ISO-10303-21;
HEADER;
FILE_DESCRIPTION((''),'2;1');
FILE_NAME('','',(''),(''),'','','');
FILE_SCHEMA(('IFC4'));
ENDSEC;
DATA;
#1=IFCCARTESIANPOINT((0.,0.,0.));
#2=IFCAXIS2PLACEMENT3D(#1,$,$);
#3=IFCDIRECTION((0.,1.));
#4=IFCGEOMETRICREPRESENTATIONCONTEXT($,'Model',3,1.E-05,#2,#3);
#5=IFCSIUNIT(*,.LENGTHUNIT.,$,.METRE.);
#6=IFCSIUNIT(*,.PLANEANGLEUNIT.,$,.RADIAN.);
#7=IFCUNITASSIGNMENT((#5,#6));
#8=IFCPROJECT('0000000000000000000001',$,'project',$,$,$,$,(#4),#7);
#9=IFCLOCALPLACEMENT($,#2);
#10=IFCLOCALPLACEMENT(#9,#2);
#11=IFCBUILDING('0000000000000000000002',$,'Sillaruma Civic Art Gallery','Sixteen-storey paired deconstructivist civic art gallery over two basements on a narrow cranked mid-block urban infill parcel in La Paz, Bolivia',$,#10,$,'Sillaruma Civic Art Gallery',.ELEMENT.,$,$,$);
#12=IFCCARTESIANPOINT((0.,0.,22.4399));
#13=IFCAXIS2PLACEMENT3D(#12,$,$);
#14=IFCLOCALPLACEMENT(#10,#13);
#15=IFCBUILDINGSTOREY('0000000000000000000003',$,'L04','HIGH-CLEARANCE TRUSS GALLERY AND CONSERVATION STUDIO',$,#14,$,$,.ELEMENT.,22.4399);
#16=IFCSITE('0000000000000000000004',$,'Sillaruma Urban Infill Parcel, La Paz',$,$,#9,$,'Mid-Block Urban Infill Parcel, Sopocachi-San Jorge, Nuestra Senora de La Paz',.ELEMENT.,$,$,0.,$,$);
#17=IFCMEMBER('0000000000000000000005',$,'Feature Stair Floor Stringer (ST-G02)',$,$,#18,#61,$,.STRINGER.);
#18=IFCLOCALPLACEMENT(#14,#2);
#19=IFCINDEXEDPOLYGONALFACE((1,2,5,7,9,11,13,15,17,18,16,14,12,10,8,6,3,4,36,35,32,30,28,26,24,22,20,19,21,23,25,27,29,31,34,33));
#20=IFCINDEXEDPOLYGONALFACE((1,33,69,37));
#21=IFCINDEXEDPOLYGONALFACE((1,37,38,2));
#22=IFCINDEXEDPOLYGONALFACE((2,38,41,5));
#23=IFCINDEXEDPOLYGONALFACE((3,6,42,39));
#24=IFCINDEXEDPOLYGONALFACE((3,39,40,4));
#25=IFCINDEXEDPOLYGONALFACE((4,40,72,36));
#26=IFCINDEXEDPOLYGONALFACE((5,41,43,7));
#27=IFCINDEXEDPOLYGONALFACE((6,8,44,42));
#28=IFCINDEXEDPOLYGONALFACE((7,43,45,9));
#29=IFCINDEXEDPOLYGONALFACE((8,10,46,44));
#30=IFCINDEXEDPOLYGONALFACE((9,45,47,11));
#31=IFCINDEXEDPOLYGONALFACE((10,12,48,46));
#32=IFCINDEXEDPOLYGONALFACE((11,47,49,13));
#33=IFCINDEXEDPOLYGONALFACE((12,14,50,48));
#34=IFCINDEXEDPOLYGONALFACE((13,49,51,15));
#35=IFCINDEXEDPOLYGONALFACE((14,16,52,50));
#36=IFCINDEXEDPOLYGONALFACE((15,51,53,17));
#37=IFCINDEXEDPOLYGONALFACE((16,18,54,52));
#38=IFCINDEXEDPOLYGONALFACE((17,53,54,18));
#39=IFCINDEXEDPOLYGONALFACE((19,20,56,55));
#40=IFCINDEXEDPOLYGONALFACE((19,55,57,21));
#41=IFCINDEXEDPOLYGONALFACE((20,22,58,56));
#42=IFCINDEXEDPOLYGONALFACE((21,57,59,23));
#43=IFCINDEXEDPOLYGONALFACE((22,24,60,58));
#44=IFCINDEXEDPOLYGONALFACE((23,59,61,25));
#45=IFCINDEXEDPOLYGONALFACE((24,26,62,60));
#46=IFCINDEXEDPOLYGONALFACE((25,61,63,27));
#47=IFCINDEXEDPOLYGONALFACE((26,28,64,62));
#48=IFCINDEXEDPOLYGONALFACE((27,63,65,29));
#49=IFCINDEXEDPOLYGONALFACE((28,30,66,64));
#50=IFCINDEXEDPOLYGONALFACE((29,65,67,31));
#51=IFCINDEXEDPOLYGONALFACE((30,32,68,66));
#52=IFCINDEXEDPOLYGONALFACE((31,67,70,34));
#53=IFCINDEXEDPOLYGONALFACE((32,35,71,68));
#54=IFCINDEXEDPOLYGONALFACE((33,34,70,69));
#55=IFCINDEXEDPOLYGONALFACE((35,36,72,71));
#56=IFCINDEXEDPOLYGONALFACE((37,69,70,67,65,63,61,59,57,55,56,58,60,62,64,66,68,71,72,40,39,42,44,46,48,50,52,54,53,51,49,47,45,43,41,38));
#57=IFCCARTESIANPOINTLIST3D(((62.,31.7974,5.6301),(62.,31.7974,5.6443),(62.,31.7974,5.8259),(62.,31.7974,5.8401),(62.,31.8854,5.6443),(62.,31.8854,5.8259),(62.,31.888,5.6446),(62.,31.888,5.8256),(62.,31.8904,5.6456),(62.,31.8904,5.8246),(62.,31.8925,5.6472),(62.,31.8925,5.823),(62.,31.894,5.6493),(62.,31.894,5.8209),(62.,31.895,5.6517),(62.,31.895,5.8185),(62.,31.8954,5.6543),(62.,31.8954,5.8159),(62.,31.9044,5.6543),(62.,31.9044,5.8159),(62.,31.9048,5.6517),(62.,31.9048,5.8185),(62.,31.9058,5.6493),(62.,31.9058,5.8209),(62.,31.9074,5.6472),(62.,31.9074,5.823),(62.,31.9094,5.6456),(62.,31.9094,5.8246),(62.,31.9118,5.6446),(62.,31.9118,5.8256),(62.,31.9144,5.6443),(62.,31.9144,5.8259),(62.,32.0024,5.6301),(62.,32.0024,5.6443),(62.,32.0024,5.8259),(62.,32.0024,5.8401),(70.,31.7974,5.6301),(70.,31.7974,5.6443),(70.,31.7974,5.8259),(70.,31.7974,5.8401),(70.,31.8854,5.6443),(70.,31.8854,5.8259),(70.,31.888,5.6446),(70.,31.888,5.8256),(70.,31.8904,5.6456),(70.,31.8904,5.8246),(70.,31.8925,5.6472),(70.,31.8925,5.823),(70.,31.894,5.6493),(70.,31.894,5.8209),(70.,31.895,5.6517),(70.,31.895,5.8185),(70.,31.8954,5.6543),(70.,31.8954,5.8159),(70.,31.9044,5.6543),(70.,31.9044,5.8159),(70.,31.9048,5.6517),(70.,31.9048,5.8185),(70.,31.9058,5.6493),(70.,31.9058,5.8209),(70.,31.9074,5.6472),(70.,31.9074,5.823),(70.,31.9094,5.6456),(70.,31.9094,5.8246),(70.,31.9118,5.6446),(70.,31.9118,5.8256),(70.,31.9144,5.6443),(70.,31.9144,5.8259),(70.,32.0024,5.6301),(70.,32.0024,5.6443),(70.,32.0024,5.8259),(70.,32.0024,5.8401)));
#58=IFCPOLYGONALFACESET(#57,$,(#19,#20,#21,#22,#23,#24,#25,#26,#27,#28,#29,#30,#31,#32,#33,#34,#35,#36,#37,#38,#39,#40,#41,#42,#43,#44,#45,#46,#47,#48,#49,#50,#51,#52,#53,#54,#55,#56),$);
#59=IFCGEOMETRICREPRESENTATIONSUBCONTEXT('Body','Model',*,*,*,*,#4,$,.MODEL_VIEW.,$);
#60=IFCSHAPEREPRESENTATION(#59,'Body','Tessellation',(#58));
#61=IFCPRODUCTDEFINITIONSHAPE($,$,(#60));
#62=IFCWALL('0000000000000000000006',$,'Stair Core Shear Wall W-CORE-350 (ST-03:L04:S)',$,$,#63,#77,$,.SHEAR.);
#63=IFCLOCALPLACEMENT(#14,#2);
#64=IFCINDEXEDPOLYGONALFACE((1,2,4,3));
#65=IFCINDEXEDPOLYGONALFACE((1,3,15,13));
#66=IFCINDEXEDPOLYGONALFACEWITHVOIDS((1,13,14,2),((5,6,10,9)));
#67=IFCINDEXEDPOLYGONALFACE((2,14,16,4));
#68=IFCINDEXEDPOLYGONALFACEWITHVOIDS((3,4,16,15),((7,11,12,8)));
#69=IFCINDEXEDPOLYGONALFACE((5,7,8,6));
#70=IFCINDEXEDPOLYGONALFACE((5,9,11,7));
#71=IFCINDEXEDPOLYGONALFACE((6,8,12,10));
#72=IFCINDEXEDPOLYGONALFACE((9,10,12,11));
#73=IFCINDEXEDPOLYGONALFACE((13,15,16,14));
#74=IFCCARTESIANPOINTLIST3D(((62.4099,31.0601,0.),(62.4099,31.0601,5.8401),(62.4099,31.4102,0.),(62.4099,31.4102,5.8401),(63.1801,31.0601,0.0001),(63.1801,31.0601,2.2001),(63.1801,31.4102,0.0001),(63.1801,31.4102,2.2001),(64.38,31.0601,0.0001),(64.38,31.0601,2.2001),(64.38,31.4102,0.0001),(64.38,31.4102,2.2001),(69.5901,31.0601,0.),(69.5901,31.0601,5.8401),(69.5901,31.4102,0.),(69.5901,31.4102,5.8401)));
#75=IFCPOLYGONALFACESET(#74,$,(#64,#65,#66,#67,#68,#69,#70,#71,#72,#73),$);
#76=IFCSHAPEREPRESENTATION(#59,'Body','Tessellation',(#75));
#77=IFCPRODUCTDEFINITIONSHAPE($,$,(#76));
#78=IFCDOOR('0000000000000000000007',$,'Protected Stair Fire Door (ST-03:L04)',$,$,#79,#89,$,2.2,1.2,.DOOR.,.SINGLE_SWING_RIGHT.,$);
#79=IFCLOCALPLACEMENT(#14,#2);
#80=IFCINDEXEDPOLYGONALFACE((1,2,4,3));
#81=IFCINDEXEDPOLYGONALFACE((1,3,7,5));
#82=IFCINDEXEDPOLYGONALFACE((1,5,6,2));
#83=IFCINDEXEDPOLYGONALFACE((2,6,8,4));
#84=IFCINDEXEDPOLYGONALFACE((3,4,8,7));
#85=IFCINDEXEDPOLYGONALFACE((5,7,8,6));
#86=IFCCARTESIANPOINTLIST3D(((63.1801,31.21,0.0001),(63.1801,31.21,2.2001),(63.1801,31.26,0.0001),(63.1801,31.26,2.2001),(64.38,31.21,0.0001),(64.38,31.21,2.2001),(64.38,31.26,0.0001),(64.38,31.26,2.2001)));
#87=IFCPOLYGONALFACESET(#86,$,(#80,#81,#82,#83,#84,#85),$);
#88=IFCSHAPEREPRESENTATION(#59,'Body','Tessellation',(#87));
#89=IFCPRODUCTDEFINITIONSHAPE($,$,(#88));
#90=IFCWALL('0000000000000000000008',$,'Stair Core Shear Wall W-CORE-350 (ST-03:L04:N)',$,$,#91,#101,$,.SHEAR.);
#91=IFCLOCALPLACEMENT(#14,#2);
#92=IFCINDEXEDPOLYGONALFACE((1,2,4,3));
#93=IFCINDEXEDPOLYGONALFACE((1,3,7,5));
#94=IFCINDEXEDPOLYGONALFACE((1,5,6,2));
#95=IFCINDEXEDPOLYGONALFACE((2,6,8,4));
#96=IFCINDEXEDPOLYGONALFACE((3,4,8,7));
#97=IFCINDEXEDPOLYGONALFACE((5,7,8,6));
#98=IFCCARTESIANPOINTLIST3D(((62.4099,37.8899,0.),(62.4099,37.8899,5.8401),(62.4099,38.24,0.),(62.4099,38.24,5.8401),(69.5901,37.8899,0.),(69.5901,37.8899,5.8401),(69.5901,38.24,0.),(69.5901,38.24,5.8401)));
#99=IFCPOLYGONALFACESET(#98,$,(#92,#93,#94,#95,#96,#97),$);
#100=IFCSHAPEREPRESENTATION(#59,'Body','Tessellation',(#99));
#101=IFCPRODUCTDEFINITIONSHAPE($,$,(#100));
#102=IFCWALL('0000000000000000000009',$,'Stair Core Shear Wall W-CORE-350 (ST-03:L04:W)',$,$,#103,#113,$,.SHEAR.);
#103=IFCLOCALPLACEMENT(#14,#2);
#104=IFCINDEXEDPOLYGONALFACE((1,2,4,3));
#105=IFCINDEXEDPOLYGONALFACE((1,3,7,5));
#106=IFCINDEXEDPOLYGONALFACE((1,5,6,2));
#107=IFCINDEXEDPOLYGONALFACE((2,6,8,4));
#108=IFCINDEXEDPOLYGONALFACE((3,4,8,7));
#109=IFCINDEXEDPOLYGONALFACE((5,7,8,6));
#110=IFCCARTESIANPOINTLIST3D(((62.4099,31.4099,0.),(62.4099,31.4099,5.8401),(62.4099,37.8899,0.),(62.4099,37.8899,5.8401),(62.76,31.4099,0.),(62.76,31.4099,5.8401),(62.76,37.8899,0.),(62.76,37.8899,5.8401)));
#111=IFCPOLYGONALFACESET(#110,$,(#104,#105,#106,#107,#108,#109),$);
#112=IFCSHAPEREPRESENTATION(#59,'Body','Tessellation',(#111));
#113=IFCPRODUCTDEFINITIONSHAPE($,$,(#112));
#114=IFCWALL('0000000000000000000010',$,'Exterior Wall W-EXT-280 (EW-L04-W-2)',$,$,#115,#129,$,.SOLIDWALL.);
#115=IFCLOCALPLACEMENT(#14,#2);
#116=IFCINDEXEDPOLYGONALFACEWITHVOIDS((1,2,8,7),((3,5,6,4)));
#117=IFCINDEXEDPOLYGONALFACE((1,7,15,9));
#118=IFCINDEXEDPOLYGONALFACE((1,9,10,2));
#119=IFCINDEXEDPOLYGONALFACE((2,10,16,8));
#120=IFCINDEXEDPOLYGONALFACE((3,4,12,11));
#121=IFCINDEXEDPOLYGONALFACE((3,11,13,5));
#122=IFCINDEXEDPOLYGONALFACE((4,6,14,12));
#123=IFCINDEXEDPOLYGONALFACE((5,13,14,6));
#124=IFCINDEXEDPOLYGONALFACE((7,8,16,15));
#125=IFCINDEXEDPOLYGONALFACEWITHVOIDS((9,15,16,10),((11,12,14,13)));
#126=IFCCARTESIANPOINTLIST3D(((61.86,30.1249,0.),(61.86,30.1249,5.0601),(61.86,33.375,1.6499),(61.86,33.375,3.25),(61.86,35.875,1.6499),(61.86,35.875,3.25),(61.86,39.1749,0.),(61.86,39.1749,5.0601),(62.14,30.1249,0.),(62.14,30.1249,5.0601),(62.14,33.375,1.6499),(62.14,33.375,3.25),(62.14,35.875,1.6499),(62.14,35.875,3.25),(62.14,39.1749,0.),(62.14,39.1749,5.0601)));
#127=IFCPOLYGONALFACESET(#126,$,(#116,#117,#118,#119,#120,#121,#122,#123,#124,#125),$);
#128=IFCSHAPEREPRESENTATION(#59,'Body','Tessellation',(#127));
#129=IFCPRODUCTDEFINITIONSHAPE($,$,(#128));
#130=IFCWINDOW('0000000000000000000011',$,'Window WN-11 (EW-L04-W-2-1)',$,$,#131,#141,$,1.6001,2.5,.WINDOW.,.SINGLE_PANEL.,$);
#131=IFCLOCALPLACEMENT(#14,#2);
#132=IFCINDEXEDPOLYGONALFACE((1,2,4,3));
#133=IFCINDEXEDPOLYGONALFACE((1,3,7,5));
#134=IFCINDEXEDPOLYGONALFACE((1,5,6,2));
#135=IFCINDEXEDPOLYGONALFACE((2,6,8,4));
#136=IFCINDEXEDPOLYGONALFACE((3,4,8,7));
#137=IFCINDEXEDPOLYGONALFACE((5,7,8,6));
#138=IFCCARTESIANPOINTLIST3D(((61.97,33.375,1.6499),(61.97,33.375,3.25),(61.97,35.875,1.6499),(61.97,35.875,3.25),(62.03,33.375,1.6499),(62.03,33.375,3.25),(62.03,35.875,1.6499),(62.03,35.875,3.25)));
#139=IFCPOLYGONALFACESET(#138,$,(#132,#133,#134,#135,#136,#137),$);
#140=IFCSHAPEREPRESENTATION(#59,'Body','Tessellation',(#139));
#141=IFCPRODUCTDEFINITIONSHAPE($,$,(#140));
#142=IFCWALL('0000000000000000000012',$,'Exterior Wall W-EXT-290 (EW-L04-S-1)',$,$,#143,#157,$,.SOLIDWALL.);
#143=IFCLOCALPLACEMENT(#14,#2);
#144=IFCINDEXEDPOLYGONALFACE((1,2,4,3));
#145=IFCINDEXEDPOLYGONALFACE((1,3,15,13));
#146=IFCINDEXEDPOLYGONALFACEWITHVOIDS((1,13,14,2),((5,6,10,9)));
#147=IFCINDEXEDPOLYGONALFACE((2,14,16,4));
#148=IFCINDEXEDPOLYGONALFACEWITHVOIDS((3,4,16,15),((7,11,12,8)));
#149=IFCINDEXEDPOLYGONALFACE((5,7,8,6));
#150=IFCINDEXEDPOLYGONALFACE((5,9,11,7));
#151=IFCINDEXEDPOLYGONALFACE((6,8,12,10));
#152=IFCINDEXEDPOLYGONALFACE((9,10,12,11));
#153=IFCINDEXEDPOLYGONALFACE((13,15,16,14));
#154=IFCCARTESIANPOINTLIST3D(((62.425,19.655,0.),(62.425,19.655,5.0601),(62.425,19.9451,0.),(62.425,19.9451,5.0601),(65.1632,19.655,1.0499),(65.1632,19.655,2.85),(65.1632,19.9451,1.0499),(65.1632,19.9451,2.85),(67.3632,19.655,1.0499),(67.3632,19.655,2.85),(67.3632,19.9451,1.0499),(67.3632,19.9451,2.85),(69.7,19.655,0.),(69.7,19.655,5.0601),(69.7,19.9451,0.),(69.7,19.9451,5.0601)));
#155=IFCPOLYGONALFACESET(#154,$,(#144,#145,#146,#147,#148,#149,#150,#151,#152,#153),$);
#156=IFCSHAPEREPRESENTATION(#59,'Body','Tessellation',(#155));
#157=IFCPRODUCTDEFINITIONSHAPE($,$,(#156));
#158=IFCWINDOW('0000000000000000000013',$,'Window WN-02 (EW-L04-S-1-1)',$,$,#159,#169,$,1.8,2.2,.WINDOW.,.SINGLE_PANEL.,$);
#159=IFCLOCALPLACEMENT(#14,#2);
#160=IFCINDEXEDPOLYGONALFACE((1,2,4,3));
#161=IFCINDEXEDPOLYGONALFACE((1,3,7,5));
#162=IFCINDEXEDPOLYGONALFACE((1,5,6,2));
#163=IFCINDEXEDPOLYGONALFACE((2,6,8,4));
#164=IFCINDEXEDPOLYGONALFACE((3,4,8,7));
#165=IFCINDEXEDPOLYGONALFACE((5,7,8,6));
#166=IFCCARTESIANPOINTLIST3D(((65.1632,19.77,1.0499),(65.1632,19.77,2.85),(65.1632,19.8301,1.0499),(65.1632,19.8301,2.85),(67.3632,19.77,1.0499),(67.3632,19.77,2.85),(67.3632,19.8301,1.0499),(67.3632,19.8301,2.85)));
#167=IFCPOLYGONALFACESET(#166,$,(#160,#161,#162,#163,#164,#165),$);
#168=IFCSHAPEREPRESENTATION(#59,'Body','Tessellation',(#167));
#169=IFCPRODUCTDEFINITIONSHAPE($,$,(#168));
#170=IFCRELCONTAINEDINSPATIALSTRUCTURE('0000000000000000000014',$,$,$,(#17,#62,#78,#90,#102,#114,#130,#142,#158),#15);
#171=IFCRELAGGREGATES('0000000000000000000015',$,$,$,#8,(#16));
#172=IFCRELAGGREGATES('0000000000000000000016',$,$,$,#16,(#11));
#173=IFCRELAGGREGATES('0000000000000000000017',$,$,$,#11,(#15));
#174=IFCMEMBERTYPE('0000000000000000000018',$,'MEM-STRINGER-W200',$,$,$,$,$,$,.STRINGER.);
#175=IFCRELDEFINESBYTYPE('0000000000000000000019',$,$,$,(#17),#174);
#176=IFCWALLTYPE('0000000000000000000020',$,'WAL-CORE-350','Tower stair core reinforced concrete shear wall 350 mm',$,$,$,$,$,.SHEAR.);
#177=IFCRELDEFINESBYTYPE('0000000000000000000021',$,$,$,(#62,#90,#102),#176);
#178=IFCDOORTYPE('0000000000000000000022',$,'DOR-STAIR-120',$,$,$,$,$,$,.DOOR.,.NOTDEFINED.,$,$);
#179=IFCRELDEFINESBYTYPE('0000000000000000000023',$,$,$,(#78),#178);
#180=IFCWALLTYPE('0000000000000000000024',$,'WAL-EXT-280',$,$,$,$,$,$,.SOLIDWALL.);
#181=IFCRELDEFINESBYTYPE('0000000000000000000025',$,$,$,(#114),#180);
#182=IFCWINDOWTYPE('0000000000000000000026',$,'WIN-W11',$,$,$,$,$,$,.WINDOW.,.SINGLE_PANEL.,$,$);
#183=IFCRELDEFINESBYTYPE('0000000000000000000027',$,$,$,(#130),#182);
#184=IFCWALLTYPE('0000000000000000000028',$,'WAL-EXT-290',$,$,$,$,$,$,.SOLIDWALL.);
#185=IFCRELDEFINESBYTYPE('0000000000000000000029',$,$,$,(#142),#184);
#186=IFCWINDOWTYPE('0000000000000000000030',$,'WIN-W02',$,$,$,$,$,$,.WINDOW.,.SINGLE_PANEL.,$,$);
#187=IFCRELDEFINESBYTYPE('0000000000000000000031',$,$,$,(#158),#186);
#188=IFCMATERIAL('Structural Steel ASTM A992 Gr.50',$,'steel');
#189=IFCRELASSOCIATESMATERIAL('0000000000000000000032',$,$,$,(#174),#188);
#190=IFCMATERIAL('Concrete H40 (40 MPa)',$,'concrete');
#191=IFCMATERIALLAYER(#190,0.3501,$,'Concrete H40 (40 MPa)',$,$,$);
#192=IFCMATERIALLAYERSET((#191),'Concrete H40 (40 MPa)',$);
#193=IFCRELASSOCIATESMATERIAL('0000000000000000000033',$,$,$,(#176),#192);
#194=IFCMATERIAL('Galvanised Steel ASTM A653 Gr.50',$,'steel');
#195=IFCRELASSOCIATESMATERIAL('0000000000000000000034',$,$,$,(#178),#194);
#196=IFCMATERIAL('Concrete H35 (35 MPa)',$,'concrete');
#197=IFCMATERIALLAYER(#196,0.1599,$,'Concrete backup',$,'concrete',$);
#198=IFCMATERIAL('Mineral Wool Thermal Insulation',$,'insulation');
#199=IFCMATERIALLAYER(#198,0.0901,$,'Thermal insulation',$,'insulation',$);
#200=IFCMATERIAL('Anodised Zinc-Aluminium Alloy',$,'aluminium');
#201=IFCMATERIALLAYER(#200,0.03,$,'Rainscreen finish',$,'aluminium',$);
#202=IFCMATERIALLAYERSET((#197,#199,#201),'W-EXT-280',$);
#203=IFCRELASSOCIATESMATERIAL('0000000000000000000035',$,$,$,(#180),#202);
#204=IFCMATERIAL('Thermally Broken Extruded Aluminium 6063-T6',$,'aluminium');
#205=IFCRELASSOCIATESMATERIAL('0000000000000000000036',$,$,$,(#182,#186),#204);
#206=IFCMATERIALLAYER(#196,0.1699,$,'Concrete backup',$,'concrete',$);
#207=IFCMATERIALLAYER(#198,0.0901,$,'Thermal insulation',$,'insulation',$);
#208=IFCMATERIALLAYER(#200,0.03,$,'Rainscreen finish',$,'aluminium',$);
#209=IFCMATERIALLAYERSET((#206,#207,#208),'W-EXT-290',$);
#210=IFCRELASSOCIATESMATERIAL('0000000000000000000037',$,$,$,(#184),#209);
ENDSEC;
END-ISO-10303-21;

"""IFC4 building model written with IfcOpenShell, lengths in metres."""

from ifc_helpers import new_model, si_unit, direction, frame, frame_2d, origin, origin_2d, place, context, subcontext, project, spatial, rectangle, i_section, extrude, material, layer, layer_set, material_profile, profile_set, type_object, element, fill, save


model = new_model("IFC4")

# Units and contexts
model_context = context("Model", 3, precision=1e-05, world=origin(), true_north=direction((0.0, 1.0)))
body_context = subcontext(model_context, "Body", "Model", "MODEL_VIEW")
ifc_project = project(units=[si_unit("LENGTHUNIT", "METRE"), si_unit("PLANEANGLEUNIT", "RADIAN")], contexts=[model_context])

# Site, building, storey
site_placement = place(None, origin())
site = spatial("IfcSite", under=ifc_project, at=site_placement, Name="Sillaruma Urban Infill Parcel, La Paz", LongName="Mid-Block Urban Infill Parcel, Sopocachi-San Jorge, Nuestra Senora de La Paz", CompositionType="ELEMENT", RefElevation=0.0)
building_placement = place(site_placement, origin())
building = spatial("IfcBuilding", under=site, at=building_placement, Name="Sillaruma Civic Art Gallery", Description="Sixteen-storey paired deconstructivist civic art gallery over two basements on a narrow cranked mid-block urban infill parcel in La Paz, Bolivia", LongName="Sillaruma Civic Art Gallery", CompositionType="ELEMENT")
storey_placement = place(building_placement, frame((0.0, 0.0, 22.4399)))
storey = spatial("IfcBuildingStorey", under=building, at=storey_placement, Name="L04", Description="HIGH-CLEARANCE TRUSS GALLERY AND CONSERVATION STUDIO", CompositionType="ELEMENT", Elevation=22.4399)

# Shared definitions
ifc_material_1 = material(Name="Concrete H40 (40 MPa)", Category="concrete")

# Shared definitions
ifc_material_2 = material(Name="Concrete H35 (35 MPa)", Category="concrete")

# Shared definitions
ifc_material_3 = material(Name="Thermally Broken Extruded Aluminium 6063-T6", Category="aluminium")

# Member
ifc_material_4 = material(Name="Structural Steel ASTM A992 Gr.50", Category="steel")
ifc_material_profile_1 = material_profile(ifc_material_4, i_section(OverallWidth=0.2051, OverallDepth=0.21, WebThickness=0.009, FlangeThickness=0.0142, FilletRadius=0.01, at=origin_2d()), Name="W200x59")
ifc_profile_set_1 = profile_set([ifc_material_profile_1], Name="Structural Steel ASTM A992 Gr.50")
member_type_1 = type_object("IfcMemberType", Name="MEM-STRINGER-W200", PredefinedType="STRINGER", material=ifc_profile_set_1)
member_1_placement = place(storey_placement, frame((62.0, 31.8999, 5.7351), z_axis=(1.0, 0.0, 0.0), x_axis=(0.0, 1.0, 0.0)))
element("IfcMember", 1, at=member_1_placement, inside=storey, type_object=member_type_1, Name="Feature Stair Floor Stringer (ST-G02)", PredefinedType="STRINGER", context=body_context, shape_type="SweptSolid", body=[
    extrude(i_section(OverallWidth=0.2051, OverallDepth=0.21, WebThickness=0.009, FlangeThickness=0.0142, FilletRadius=0.01, at=origin_2d()), origin(), (0.0, 0.0, 1.0), 8.0),
])

# Wall, opening, door
ifc_layer_1 = layer(ifc_material_1, 0.3501, Name="Concrete H40 (40 MPa)")
ifc_layer_set_1 = layer_set([ifc_layer_1], Name="Concrete H40 (40 MPa)")
wall_type_1 = type_object("IfcWallType", Name="WAL-CORE-350", Description="Tower stair core reinforced concrete shear wall 350 mm", PredefinedType="SHEAR", material=ifc_layer_set_1)
wall_1_placement = place(storey_placement, frame((62.4099, 31.2351, 0.0), z_axis=(0.0, 0.0, 1.0), x_axis=(1.0, 0.0, 0.0)))
wall_1 = element("IfcWall", 2, at=wall_1_placement, inside=storey, type_object=wall_type_1, Name="Stair Core Shear Wall W-CORE-350 (ST-03:L04:S)", PredefinedType="SHEAR", context=body_context, shape_type="SweptSolid", body=[
    extrude(rectangle(XDim=7.1802, YDim=0.3501, at=frame_2d((3.5901, 0.0))), origin(), (0.0, 0.0, 1.0), 5.8401),
])
opening_1_placement = place(wall_1_placement, frame((0.77, 0.0, 0.0)))
opening_1 = element("IfcOpeningElement", 3, at=opening_1_placement, cuts=wall_1, PredefinedType="OPENING", context=body_context, shape_type="SweptSolid", body=[
    extrude(rectangle(XDim=1.2, YDim=2.2, at=frame_2d((0.6001, 1.1001))), frame((0.0, 0.1851, 0.0), z_axis=(0.0, -1.0, 0.0), x_axis=(1.0, 0.0, 0.0)), (0.0, 0.0, 1.0), 0.3701),
])
ifc_material_5 = material(Name="Galvanised Steel ASTM A653 Gr.50", Category="steel")
door_type = type_object("IfcDoorType", Name="DOR-STAIR-120", OperationType="NOTDEFINED", PredefinedType="DOOR", material=ifc_material_5)
door_placement = place(opening_1_placement, origin())
door = element("IfcDoor", 4, at=door_placement, inside=storey, type_object=door_type, Name="Protected Stair Fire Door (ST-03:L04)", OperationType="SINGLE_SWING_RIGHT", OverallHeight=2.2, OverallWidth=1.2, PredefinedType="DOOR", context=body_context, shape_type="SweptSolid", body=[
    extrude(rectangle(XDim=1.2, YDim=2.2, at=frame_2d((0.6001, 1.1001))), frame((0.0, 0.0249, 0.0), z_axis=(0.0, -1.0, 0.0), x_axis=(1.0, 0.0, 0.0)), (0.0, 0.0, 1.0), 0.05),
])
fill(opening_1, door)

# Walls
wall_2_placement = place(storey_placement, frame((62.4099, 38.0649, 0.0), z_axis=(0.0, 0.0, 1.0), x_axis=(1.0, 0.0, 0.0)))
element("IfcWall", 5, at=wall_2_placement, inside=storey, type_object=wall_type_1, Name="Stair Core Shear Wall W-CORE-350 (ST-03:L04:N)", PredefinedType="SHEAR", context=body_context, shape_type="SweptSolid", body=[
    extrude(rectangle(XDim=7.1802, YDim=0.3501, at=frame_2d((3.5901, 0.0))), origin(), (0.0, 0.0, 1.0), 5.8401),
])
wall_3_placement = place(storey_placement, frame((62.585, 31.4099, 0.0), z_axis=(0.0, 0.0, 1.0), x_axis=(0.0, 1.0, 0.0)))
element("IfcWall", 6, at=wall_3_placement, inside=storey, type_object=wall_type_1, Name="Stair Core Shear Wall W-CORE-350 (ST-03:L04:W)", PredefinedType="SHEAR", context=body_context, shape_type="SweptSolid", body=[
    extrude(rectangle(XDim=6.48, YDim=0.3501, at=frame_2d((3.24, 0.0))), origin(), (0.0, 0.0, 1.0), 5.8401),
])

# Walls, openings, windows
ifc_layer_2 = layer(ifc_material_2, 0.1599, Name="Concrete backup", Category="concrete")
ifc_material_6 = material(Name="Mineral Wool Thermal Insulation", Category="insulation")
ifc_layer_3 = layer(ifc_material_6, 0.0901, Name="Thermal insulation", Category="insulation")
ifc_material_7 = material(Name="Anodised Zinc-Aluminium Alloy", Category="aluminium")
ifc_layer_4 = layer(ifc_material_7, 0.03, Name="Rainscreen finish", Category="aluminium")
ifc_layer_set_2 = layer_set([ifc_layer_2, ifc_layer_3, ifc_layer_4], Name="W-EXT-280")
wall_type_2 = type_object("IfcWallType", Name="WAL-EXT-280", PredefinedType="SOLIDWALL", material=ifc_layer_set_2)
wall_4_placement = place(storey_placement, frame((62.0, 30.125, 0.0), z_axis=(0.0, 0.0, 1.0), x_axis=(0.0, 1.0, 0.0)))
wall_4 = element("IfcWall", 7, at=wall_4_placement, inside=storey, type_object=wall_type_2, Name="Exterior Wall W-EXT-280 (EW-L04-W-2)", PredefinedType="SOLIDWALL", context=body_context, shape_type="SweptSolid", body=[
    extrude(rectangle(XDim=9.05, YDim=0.28, at=frame_2d((4.5249, 0.0))), origin(), (0.0, 0.0, 1.0), 5.0601),
])
opening_2_placement = place(wall_4_placement, frame((3.25, 0.0, 1.6499)))
opening_2 = element("IfcOpeningElement", 8, at=opening_2_placement, cuts=wall_4, PredefinedType="OPENING", context=body_context, shape_type="SweptSolid", body=[
    extrude(rectangle(XDim=2.5, YDim=1.6001, at=frame_2d((1.25, 0.8))), frame((0.0, 0.1499, 0.0), z_axis=(0.0, -1.0, 0.0), x_axis=(1.0, 0.0, 0.0)), (0.0, 0.0, 1.0), 0.3),
])
window_type_1 = type_object("IfcWindowType", Name="WIN-W11", PartitioningType="SINGLE_PANEL", PredefinedType="WINDOW", material=ifc_material_3)
window_1_placement = place(opening_2_placement, origin())
window_1 = element("IfcWindow", 9, at=window_1_placement, inside=storey, type_object=window_type_1, Name="Window WN-11 (EW-L04-W-2-1)", OverallHeight=1.6001, OverallWidth=2.5, PartitioningType="SINGLE_PANEL", PredefinedType="WINDOW", context=body_context, shape_type="SweptSolid", body=[
    extrude(rectangle(XDim=2.5, YDim=1.6001, at=frame_2d((1.25, 0.8))), frame((0.0, 0.03, 0.0), z_axis=(0.0, -1.0, 0.0), x_axis=(1.0, 0.0, 0.0)), (0.0, 0.0, 1.0), 0.0601),
])
fill(opening_2, window_1)
ifc_layer_5 = layer(ifc_material_2, 0.1699, Name="Concrete backup", Category="concrete")
ifc_layer_6 = layer(ifc_material_6, 0.0901, Name="Thermal insulation", Category="insulation")
ifc_layer_7 = layer(ifc_material_7, 0.03, Name="Rainscreen finish", Category="aluminium")
ifc_layer_set_3 = layer_set([ifc_layer_5, ifc_layer_6, ifc_layer_7], Name="W-EXT-290")
wall_type_3 = type_object("IfcWallType", Name="WAL-EXT-290", PredefinedType="SOLIDWALL", material=ifc_layer_set_3)
wall_5_placement = place(storey_placement, frame((62.425, 19.8, 0.0), z_axis=(0.0, 0.0, 1.0), x_axis=(1.0, 0.0, 0.0)))
wall_5 = element("IfcWall", 10, at=wall_5_placement, inside=storey, type_object=wall_type_3, Name="Exterior Wall W-EXT-290 (EW-L04-S-1)", PredefinedType="SOLIDWALL", context=body_context, shape_type="SweptSolid", body=[
    extrude(rectangle(XDim=7.2749, YDim=0.29, at=frame_2d((3.6375, 0.0))), origin(), (0.0, 0.0, 1.0), 5.0601),
])
opening_3_placement = place(wall_5_placement, frame((2.738, 0.0, 1.05)))
opening_3 = element("IfcOpeningElement", 11, at=opening_3_placement, cuts=wall_5, PredefinedType="OPENING", context=body_context, shape_type="SweptSolid", body=[
    extrude(rectangle(XDim=2.2, YDim=1.8, at=frame_2d((1.1001, 0.8999))), frame((0.0, 0.155, 0.0), z_axis=(0.0, -1.0, 0.0), x_axis=(1.0, 0.0, 0.0)), (0.0, 0.0, 1.0), 0.3101),
])
window_type_2 = type_object("IfcWindowType", Name="WIN-W02", PartitioningType="SINGLE_PANEL", PredefinedType="WINDOW", material=ifc_material_3)
window_2_placement = place(opening_3_placement, origin())
window_2 = element("IfcWindow", 12, at=window_2_placement, inside=storey, type_object=window_type_2, Name="Window WN-02 (EW-L04-S-1-1)", OverallHeight=1.8, OverallWidth=2.2, PartitioningType="SINGLE_PANEL", PredefinedType="WINDOW", context=body_context, shape_type="SweptSolid", body=[
    extrude(rectangle(XDim=2.2, YDim=1.8, at=frame_2d((1.1001, 0.8999))), frame((0.0, 0.03, 0.0), z_axis=(0.0, -1.0, 0.0), x_axis=(1.0, 0.0, 0.0)), (0.0, 0.0, 1.0), 0.0601),
])
fill(opening_3, window_2)

save(model, "model.ifc")
